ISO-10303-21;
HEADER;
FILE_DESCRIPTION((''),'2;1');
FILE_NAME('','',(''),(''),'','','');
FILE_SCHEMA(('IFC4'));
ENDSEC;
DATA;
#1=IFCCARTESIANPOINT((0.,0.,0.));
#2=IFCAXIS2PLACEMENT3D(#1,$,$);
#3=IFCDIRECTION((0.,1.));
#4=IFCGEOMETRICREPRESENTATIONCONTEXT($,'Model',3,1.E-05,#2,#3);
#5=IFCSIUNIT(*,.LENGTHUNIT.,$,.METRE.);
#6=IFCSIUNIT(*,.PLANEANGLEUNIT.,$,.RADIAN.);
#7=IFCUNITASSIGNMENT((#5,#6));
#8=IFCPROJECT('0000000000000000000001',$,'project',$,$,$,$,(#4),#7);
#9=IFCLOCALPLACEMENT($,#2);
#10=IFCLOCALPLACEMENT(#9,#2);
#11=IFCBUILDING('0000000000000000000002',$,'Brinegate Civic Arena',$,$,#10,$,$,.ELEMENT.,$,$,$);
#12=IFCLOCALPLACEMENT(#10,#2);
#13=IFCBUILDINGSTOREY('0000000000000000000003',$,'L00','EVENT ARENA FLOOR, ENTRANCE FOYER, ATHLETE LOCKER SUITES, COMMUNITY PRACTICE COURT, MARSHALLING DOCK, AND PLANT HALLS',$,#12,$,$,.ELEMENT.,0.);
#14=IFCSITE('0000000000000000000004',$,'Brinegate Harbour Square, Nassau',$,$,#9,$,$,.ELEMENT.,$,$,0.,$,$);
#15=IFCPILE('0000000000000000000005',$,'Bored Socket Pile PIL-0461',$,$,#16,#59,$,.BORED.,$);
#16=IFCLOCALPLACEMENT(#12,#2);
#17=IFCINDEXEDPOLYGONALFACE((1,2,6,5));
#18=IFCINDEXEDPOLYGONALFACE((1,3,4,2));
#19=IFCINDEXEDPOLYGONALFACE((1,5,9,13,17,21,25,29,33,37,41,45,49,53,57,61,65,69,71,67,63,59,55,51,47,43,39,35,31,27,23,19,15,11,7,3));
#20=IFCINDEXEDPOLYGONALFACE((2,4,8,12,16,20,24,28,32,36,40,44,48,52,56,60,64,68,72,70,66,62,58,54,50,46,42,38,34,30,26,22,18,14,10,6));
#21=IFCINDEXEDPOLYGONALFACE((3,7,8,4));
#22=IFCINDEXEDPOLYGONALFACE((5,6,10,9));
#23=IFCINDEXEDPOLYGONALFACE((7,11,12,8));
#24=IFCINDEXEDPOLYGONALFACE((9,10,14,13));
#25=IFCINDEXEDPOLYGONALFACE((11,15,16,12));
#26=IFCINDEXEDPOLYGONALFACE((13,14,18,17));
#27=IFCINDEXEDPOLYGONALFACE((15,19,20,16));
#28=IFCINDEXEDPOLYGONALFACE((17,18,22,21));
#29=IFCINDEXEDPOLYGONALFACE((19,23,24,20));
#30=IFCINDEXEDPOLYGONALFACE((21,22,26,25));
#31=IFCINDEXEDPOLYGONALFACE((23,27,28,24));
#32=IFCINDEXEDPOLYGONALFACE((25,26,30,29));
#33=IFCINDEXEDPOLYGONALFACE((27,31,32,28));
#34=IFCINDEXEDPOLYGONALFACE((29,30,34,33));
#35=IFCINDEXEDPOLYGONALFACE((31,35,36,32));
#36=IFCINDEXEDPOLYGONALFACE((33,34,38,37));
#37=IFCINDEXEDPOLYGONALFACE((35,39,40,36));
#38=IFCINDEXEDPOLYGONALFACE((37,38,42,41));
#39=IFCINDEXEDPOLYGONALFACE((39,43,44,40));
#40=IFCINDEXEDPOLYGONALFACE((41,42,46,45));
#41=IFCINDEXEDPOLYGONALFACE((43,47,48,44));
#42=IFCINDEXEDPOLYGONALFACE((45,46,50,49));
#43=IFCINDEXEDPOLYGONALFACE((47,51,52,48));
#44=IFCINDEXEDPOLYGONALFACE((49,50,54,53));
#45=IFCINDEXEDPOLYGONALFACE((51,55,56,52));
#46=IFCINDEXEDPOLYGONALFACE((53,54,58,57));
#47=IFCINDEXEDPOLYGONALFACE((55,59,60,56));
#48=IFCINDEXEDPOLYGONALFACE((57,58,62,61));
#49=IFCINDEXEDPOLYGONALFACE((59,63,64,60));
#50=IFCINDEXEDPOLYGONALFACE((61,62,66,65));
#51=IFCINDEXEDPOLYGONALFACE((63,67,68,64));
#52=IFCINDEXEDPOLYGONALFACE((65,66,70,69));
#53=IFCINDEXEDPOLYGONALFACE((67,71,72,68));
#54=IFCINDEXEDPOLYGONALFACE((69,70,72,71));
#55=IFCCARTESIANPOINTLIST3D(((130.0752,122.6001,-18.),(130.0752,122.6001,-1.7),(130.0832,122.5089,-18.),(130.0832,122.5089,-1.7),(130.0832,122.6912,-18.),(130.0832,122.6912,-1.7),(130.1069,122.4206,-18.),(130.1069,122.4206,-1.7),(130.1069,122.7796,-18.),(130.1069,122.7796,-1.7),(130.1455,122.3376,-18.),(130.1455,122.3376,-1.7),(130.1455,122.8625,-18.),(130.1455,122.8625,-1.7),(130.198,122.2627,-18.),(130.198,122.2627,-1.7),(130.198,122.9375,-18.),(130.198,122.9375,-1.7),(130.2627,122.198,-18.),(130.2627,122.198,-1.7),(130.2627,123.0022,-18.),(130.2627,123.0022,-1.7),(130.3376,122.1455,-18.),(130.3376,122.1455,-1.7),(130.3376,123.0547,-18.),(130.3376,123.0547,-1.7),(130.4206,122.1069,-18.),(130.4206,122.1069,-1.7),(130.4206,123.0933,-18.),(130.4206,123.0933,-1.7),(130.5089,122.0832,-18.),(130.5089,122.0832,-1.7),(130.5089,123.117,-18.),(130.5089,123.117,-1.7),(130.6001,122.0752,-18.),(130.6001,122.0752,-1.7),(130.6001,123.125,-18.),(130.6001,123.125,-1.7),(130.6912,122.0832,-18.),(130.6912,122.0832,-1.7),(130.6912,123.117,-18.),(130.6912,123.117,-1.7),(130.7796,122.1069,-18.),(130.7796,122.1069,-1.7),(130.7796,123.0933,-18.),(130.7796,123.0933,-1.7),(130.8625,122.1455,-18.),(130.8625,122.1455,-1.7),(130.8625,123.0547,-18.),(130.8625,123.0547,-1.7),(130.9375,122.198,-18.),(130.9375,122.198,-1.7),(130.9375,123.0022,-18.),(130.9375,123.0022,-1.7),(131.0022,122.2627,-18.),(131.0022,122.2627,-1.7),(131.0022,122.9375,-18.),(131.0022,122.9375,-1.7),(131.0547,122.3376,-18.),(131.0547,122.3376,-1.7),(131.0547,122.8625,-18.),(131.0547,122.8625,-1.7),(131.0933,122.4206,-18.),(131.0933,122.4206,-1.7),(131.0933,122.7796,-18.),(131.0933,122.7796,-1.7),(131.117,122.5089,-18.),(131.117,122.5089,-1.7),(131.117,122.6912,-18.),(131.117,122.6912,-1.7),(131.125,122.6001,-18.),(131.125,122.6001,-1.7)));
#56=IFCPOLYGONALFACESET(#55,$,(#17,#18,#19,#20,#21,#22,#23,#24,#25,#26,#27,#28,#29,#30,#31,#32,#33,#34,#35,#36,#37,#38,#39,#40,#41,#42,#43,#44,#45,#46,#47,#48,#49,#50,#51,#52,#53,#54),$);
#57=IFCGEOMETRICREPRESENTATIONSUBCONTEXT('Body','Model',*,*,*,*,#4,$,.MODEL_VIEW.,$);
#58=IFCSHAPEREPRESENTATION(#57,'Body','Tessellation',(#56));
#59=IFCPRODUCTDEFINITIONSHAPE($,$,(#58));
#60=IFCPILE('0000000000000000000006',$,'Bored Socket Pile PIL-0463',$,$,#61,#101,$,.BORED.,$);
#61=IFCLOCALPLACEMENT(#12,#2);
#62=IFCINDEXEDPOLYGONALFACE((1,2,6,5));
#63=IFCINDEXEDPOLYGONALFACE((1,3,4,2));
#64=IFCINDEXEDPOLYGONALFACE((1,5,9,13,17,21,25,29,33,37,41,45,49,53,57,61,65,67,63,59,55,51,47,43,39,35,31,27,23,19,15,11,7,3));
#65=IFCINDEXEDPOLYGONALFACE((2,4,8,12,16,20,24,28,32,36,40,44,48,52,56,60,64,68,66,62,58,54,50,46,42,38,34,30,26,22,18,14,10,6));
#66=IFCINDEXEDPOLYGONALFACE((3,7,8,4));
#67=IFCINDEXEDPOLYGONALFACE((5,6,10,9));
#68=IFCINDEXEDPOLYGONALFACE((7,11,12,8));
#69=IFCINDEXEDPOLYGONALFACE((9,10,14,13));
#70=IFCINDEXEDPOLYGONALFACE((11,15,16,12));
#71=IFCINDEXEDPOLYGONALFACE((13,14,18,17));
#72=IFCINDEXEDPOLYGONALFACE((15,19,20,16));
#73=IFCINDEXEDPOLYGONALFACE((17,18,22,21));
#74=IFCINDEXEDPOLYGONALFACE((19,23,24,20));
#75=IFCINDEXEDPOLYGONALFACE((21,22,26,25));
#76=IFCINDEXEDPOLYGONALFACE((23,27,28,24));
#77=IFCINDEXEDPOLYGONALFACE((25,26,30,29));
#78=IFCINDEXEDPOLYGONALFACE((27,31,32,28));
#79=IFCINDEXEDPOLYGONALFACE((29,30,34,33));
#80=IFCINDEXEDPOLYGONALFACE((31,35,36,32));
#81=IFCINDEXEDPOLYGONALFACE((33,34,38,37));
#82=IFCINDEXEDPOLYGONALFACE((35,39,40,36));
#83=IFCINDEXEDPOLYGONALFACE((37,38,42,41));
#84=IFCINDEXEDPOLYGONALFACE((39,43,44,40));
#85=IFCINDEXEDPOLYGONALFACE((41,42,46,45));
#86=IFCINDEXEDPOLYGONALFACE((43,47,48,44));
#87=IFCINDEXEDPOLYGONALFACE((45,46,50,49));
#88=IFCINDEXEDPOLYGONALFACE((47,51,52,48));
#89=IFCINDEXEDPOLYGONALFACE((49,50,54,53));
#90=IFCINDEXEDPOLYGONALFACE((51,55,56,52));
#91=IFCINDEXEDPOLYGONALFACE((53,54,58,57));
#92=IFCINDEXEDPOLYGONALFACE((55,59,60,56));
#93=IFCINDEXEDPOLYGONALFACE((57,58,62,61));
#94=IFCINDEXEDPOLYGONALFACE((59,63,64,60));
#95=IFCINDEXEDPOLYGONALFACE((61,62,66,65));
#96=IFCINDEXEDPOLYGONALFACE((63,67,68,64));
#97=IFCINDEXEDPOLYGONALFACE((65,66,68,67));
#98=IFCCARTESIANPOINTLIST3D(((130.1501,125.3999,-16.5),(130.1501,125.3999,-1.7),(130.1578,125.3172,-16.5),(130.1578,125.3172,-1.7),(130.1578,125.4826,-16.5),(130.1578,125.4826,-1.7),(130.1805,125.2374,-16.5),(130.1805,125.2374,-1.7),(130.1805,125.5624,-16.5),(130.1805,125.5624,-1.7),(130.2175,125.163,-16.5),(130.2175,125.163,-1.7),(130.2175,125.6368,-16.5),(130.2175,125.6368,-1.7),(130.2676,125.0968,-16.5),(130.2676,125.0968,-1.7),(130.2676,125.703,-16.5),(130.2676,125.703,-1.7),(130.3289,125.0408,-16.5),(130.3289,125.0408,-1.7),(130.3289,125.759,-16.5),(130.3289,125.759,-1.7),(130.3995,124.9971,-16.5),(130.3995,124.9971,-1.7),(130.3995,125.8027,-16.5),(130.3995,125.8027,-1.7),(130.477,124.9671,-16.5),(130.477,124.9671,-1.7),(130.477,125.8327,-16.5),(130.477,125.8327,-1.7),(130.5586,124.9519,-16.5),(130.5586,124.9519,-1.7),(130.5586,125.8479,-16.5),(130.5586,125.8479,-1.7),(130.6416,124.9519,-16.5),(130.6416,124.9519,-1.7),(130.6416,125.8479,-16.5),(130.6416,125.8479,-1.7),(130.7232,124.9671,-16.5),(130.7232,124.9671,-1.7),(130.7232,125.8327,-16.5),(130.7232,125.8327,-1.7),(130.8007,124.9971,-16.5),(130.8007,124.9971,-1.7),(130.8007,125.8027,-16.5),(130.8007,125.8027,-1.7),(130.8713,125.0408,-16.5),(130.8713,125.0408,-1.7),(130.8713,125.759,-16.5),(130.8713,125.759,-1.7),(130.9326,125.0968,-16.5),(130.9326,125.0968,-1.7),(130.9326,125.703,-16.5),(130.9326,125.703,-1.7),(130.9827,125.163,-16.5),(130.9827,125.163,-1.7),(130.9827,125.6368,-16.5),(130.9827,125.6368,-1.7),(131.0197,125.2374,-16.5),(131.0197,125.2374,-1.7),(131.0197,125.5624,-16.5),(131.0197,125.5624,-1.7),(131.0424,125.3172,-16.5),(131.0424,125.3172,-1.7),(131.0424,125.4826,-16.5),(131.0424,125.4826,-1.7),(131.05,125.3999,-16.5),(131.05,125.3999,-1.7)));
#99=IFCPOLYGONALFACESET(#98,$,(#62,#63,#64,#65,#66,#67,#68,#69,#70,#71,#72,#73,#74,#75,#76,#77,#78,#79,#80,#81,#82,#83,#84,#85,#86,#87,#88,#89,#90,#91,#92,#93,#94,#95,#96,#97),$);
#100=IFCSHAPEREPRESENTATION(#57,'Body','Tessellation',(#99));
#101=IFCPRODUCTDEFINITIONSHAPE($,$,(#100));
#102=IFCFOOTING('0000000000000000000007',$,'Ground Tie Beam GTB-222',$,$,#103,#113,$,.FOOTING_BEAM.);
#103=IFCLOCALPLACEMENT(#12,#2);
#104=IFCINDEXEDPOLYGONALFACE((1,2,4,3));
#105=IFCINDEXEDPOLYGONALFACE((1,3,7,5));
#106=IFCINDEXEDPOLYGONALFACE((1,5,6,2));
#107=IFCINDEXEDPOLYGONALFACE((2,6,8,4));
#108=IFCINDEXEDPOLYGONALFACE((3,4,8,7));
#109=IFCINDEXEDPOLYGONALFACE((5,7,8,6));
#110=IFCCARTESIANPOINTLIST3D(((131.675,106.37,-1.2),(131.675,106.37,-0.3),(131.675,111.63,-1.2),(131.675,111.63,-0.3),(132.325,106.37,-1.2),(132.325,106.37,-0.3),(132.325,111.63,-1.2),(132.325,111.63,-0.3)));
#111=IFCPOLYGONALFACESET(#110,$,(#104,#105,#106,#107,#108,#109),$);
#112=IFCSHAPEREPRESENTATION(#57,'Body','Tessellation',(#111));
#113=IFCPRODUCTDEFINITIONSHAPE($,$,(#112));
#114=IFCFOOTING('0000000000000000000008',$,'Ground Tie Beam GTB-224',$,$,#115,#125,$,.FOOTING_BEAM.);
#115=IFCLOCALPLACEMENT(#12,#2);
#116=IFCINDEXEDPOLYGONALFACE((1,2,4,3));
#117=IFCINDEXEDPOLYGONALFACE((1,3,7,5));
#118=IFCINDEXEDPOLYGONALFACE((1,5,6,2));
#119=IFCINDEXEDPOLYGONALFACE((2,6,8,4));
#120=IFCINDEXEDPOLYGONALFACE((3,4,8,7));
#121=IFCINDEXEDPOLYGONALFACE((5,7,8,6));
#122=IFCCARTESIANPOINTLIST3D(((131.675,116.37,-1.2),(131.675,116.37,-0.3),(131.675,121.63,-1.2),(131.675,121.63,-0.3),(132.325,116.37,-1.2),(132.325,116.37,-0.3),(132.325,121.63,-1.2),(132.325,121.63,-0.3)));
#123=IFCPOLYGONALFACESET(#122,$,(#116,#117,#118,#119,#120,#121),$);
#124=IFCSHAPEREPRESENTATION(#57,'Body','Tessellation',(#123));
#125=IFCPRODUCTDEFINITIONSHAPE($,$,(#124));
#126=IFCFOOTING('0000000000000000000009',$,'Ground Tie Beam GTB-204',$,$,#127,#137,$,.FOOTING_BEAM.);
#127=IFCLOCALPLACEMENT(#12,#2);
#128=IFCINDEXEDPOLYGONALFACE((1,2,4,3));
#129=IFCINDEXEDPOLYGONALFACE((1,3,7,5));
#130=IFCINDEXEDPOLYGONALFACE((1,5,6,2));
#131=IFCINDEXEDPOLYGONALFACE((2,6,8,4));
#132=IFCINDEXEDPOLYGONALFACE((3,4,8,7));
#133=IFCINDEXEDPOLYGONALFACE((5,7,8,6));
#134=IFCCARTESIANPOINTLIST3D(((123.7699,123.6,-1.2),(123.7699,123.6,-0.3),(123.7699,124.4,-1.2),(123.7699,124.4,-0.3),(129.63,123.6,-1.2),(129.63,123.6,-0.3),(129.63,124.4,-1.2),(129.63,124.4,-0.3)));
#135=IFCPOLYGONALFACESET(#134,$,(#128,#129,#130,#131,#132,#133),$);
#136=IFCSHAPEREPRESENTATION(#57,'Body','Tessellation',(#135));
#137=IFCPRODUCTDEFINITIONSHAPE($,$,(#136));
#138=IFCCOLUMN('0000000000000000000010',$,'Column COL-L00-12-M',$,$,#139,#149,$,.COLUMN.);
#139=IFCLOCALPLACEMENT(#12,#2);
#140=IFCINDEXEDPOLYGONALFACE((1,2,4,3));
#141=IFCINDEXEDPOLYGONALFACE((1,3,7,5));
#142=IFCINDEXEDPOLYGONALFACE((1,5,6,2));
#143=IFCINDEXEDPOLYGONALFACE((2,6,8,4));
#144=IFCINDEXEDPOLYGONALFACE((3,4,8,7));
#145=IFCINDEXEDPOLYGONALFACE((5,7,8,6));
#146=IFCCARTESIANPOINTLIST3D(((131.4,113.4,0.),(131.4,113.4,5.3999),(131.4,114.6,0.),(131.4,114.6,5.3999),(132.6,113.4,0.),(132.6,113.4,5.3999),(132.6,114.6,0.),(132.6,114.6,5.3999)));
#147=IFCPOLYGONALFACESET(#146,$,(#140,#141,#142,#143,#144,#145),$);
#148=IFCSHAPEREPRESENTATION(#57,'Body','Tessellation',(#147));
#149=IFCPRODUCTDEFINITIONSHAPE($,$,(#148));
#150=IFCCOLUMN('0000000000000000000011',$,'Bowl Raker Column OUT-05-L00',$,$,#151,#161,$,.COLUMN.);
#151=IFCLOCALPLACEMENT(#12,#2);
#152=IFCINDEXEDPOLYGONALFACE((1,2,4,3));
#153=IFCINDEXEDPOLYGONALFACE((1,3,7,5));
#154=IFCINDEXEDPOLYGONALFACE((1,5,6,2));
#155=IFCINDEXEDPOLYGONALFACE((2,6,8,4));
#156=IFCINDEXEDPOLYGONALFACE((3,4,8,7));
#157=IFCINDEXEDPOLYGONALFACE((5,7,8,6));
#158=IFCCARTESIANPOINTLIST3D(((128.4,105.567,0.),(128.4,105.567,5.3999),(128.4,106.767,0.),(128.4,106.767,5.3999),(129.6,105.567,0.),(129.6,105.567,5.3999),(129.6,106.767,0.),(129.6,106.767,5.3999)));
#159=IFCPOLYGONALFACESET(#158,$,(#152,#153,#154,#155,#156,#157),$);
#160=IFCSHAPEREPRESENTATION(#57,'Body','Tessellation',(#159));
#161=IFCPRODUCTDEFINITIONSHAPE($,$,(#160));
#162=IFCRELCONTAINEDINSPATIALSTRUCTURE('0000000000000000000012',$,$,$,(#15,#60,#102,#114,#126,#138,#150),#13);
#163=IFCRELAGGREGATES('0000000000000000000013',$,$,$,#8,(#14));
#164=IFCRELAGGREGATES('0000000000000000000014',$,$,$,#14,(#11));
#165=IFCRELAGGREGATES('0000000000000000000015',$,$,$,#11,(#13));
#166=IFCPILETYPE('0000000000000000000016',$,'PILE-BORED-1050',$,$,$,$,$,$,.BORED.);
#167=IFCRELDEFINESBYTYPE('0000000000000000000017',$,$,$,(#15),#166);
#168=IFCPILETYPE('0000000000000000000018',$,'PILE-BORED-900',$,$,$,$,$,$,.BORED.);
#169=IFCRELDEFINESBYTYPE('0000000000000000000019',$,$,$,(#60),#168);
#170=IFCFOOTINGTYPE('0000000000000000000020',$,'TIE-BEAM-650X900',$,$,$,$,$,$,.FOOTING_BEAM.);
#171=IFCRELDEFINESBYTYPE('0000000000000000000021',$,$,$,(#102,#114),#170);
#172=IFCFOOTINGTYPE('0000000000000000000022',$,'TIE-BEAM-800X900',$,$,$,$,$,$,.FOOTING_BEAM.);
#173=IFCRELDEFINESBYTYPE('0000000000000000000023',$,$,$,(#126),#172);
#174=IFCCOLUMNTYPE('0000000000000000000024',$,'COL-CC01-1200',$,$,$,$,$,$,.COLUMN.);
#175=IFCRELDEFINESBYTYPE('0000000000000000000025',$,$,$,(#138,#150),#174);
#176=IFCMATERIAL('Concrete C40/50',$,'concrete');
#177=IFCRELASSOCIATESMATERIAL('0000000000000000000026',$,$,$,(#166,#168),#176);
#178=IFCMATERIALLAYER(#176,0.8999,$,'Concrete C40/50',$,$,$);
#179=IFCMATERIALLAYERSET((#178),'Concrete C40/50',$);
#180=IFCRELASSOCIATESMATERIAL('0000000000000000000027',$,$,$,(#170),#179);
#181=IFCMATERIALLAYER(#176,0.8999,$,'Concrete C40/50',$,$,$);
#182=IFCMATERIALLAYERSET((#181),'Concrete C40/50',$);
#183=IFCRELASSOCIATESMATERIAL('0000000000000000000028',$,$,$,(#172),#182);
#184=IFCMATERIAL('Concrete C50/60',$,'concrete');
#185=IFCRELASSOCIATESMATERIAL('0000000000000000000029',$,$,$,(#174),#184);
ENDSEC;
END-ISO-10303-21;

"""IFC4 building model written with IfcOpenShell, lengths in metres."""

from ifc_helpers import new_model, si_unit, direction, frame, origin, origin_2d, place, context, subcontext, project, spatial, rectangle, circle, extrude, material, layer, layer_set, material_profile, profile_set, type_object, element, save


model = new_model("IFC4")

# Units and contexts
model_context = context("Model", 3, precision=1e-05, world=origin(), true_north=direction((0.0, 1.0)))
body_context = subcontext(model_context, "Body", "Model", "MODEL_VIEW")
ifc_project = project(units=[si_unit("LENGTHUNIT", "METRE"), si_unit("PLANEANGLEUNIT", "RADIAN")], contexts=[model_context])

# Site, building, storey
site_placement = place(None, origin())
site = spatial("IfcSite", under=ifc_project, at=site_placement, Name="Brinegate Harbour Square, Nassau", CompositionType="ELEMENT", RefElevation=0.0)
building_placement = place(site_placement, origin())
building = spatial("IfcBuilding", under=site, at=building_placement, Name="Brinegate Civic Arena", CompositionType="ELEMENT")
storey_placement = place(building_placement, origin())
storey = spatial("IfcBuildingStorey", under=building, at=storey_placement, Name="L00", Description="EVENT ARENA FLOOR, ENTRANCE FOYER, ATHLETE LOCKER SUITES, COMMUNITY PRACTICE COURT, MARSHALLING DOCK, AND PLANT HALLS", CompositionType="ELEMENT", Elevation=0.0)

# Shared definitions
ifc_material_1 = material(Name="Concrete C40/50", Category="concrete")

# Piles
ifc_material_profile_1 = material_profile(ifc_material_1, circle(Radius=0.5249, at=origin_2d()), Name="PILED1050")
ifc_profile_set_1 = profile_set([ifc_material_profile_1], Name="Concrete C40/50")
pile_type_1 = type_object("IfcPileType", Name="PILE-BORED-1050", PredefinedType="BORED", material=ifc_profile_set_1)
for number, where, z_axis, x_axis, name in (
    (1, (130.6001, 122.6001, -1.7), (0.0, 0.0, -1.0), (1.0, 0.0, 0.0), "Bored Socket Pile PIL-0461"),
):
    element("IfcPile", number, at=place(storey_placement, frame(where, z_axis=z_axis, x_axis=x_axis)), inside=storey, type_object=pile_type_1, Name=name, PredefinedType="BORED", context=body_context, shape_type="SweptSolid", body=[
        extrude(circle(Radius=0.5249, at=origin_2d()), origin(), (0.0, 0.0, 1.0), 16.3),
    ])
ifc_material_profile_2 = material_profile(ifc_material_1, circle(Radius=0.45, at=origin_2d()), Name="PILED900")
ifc_profile_set_2 = profile_set([ifc_material_profile_2], Name="Concrete C40/50")
pile_type_2 = type_object("IfcPileType", Name="PILE-BORED-900", PredefinedType="BORED", material=ifc_profile_set_2)
pile_placement = place(storey_placement, frame((130.6001, 125.3999, -1.7), z_axis=(0.0, 0.0, -1.0), x_axis=(1.0, 0.0, 0.0)))
element("IfcPile", 2, at=pile_placement, inside=storey, type_object=pile_type_2, Name="Bored Socket Pile PIL-0463", PredefinedType="BORED", context=body_context, shape_type="SweptSolid", body=[
    extrude(circle(Radius=0.45, at=origin_2d()), origin(), (0.0, 0.0, 1.0), 14.8),
])

# Footings
ifc_layer_1 = layer(ifc_material_1, 0.8999, Name="Concrete C40/50")
ifc_layer_set_1 = layer_set([ifc_layer_1], Name="Concrete C40/50")
footing_type_1 = type_object("IfcFootingType", Name="TIE-BEAM-650X900", PredefinedType="FOOTING_BEAM", material=ifc_layer_set_1)
for number, where, z_axis, x_axis, name in (
    (3, (132.0, 109.0, -1.2), (0.0, 0.0, 1.0), (0.0, 1.0, 0.0), "Ground Tie Beam GTB-222"),
    (4, (132.0, 119.0, -1.2), (0.0, 0.0, 1.0), (0.0, 1.0, 0.0), "Ground Tie Beam GTB-224"),
):
    element("IfcFooting", number, at=place(storey_placement, frame(where, z_axis=z_axis, x_axis=x_axis)), inside=storey, type_object=footing_type_1, Name=name, PredefinedType="FOOTING_BEAM", context=body_context, shape_type="SweptSolid", body=[
        extrude(rectangle(XDim=5.26, YDim=0.6499, at=origin_2d()), origin(), (0.0, 0.0, 1.0), 0.8999),
    ])
ifc_layer_2 = layer(ifc_material_1, 0.8999, Name="Concrete C40/50")
ifc_layer_set_2 = layer_set([ifc_layer_2], Name="Concrete C40/50")
footing_type_2 = type_object("IfcFootingType", Name="TIE-BEAM-800X900", PredefinedType="FOOTING_BEAM", material=ifc_layer_set_2)
footing_1_placement = place(storey_placement, frame((126.7, 124.0, -1.2), z_axis=(0.0, 0.0, 1.0), x_axis=(1.0, 0.0, 0.0)))
element("IfcFooting", 5, at=footing_1_placement, inside=storey, type_object=footing_type_2, Name="Ground Tie Beam GTB-204", PredefinedType="FOOTING_BEAM", context=body_context, shape_type="SweptSolid", body=[
    extrude(rectangle(XDim=5.8601, YDim=0.8, at=origin_2d()), origin(), (0.0, 0.0, 1.0), 0.8999),
])

# Columns
ifc_material_2 = material(Name="Concrete C50/60", Category="concrete")
ifc_material_profile_3 = material_profile(ifc_material_2, rectangle(XDim=1.2, YDim=1.2, at=origin_2d()), Name="RC1200X1200")
ifc_profile_set_3 = profile_set([ifc_material_profile_3], Name="Concrete C50/60")
column_type = type_object("IfcColumnType", Name="COL-CC01-1200", PredefinedType="COLUMN", material=ifc_profile_set_3)
for number, where, z_axis, x_axis, name in (
    (6, (132.0, 114.0, 0.0), (0.0, 0.0, 1.0), (1.0, 0.0, 0.0), "Column COL-L00-12-M"),
    (7, (129.0, 106.167, 0.0), (0.0, 0.0, 1.0), (1.0, 0.0, 0.0), "Bowl Raker Column OUT-05-L00"),
):
    element("IfcColumn", number, at=place(storey_placement, frame(where, z_axis=z_axis, x_axis=x_axis)), inside=storey, type_object=column_type, Name=name, PredefinedType="COLUMN", context=body_context, shape_type="SweptSolid", body=[
        extrude(rectangle(XDim=1.2, YDim=1.2, at=origin_2d()), origin(), (0.0, 0.0, 1.0), 5.3999),
    ])

save(model, "model.ifc")
